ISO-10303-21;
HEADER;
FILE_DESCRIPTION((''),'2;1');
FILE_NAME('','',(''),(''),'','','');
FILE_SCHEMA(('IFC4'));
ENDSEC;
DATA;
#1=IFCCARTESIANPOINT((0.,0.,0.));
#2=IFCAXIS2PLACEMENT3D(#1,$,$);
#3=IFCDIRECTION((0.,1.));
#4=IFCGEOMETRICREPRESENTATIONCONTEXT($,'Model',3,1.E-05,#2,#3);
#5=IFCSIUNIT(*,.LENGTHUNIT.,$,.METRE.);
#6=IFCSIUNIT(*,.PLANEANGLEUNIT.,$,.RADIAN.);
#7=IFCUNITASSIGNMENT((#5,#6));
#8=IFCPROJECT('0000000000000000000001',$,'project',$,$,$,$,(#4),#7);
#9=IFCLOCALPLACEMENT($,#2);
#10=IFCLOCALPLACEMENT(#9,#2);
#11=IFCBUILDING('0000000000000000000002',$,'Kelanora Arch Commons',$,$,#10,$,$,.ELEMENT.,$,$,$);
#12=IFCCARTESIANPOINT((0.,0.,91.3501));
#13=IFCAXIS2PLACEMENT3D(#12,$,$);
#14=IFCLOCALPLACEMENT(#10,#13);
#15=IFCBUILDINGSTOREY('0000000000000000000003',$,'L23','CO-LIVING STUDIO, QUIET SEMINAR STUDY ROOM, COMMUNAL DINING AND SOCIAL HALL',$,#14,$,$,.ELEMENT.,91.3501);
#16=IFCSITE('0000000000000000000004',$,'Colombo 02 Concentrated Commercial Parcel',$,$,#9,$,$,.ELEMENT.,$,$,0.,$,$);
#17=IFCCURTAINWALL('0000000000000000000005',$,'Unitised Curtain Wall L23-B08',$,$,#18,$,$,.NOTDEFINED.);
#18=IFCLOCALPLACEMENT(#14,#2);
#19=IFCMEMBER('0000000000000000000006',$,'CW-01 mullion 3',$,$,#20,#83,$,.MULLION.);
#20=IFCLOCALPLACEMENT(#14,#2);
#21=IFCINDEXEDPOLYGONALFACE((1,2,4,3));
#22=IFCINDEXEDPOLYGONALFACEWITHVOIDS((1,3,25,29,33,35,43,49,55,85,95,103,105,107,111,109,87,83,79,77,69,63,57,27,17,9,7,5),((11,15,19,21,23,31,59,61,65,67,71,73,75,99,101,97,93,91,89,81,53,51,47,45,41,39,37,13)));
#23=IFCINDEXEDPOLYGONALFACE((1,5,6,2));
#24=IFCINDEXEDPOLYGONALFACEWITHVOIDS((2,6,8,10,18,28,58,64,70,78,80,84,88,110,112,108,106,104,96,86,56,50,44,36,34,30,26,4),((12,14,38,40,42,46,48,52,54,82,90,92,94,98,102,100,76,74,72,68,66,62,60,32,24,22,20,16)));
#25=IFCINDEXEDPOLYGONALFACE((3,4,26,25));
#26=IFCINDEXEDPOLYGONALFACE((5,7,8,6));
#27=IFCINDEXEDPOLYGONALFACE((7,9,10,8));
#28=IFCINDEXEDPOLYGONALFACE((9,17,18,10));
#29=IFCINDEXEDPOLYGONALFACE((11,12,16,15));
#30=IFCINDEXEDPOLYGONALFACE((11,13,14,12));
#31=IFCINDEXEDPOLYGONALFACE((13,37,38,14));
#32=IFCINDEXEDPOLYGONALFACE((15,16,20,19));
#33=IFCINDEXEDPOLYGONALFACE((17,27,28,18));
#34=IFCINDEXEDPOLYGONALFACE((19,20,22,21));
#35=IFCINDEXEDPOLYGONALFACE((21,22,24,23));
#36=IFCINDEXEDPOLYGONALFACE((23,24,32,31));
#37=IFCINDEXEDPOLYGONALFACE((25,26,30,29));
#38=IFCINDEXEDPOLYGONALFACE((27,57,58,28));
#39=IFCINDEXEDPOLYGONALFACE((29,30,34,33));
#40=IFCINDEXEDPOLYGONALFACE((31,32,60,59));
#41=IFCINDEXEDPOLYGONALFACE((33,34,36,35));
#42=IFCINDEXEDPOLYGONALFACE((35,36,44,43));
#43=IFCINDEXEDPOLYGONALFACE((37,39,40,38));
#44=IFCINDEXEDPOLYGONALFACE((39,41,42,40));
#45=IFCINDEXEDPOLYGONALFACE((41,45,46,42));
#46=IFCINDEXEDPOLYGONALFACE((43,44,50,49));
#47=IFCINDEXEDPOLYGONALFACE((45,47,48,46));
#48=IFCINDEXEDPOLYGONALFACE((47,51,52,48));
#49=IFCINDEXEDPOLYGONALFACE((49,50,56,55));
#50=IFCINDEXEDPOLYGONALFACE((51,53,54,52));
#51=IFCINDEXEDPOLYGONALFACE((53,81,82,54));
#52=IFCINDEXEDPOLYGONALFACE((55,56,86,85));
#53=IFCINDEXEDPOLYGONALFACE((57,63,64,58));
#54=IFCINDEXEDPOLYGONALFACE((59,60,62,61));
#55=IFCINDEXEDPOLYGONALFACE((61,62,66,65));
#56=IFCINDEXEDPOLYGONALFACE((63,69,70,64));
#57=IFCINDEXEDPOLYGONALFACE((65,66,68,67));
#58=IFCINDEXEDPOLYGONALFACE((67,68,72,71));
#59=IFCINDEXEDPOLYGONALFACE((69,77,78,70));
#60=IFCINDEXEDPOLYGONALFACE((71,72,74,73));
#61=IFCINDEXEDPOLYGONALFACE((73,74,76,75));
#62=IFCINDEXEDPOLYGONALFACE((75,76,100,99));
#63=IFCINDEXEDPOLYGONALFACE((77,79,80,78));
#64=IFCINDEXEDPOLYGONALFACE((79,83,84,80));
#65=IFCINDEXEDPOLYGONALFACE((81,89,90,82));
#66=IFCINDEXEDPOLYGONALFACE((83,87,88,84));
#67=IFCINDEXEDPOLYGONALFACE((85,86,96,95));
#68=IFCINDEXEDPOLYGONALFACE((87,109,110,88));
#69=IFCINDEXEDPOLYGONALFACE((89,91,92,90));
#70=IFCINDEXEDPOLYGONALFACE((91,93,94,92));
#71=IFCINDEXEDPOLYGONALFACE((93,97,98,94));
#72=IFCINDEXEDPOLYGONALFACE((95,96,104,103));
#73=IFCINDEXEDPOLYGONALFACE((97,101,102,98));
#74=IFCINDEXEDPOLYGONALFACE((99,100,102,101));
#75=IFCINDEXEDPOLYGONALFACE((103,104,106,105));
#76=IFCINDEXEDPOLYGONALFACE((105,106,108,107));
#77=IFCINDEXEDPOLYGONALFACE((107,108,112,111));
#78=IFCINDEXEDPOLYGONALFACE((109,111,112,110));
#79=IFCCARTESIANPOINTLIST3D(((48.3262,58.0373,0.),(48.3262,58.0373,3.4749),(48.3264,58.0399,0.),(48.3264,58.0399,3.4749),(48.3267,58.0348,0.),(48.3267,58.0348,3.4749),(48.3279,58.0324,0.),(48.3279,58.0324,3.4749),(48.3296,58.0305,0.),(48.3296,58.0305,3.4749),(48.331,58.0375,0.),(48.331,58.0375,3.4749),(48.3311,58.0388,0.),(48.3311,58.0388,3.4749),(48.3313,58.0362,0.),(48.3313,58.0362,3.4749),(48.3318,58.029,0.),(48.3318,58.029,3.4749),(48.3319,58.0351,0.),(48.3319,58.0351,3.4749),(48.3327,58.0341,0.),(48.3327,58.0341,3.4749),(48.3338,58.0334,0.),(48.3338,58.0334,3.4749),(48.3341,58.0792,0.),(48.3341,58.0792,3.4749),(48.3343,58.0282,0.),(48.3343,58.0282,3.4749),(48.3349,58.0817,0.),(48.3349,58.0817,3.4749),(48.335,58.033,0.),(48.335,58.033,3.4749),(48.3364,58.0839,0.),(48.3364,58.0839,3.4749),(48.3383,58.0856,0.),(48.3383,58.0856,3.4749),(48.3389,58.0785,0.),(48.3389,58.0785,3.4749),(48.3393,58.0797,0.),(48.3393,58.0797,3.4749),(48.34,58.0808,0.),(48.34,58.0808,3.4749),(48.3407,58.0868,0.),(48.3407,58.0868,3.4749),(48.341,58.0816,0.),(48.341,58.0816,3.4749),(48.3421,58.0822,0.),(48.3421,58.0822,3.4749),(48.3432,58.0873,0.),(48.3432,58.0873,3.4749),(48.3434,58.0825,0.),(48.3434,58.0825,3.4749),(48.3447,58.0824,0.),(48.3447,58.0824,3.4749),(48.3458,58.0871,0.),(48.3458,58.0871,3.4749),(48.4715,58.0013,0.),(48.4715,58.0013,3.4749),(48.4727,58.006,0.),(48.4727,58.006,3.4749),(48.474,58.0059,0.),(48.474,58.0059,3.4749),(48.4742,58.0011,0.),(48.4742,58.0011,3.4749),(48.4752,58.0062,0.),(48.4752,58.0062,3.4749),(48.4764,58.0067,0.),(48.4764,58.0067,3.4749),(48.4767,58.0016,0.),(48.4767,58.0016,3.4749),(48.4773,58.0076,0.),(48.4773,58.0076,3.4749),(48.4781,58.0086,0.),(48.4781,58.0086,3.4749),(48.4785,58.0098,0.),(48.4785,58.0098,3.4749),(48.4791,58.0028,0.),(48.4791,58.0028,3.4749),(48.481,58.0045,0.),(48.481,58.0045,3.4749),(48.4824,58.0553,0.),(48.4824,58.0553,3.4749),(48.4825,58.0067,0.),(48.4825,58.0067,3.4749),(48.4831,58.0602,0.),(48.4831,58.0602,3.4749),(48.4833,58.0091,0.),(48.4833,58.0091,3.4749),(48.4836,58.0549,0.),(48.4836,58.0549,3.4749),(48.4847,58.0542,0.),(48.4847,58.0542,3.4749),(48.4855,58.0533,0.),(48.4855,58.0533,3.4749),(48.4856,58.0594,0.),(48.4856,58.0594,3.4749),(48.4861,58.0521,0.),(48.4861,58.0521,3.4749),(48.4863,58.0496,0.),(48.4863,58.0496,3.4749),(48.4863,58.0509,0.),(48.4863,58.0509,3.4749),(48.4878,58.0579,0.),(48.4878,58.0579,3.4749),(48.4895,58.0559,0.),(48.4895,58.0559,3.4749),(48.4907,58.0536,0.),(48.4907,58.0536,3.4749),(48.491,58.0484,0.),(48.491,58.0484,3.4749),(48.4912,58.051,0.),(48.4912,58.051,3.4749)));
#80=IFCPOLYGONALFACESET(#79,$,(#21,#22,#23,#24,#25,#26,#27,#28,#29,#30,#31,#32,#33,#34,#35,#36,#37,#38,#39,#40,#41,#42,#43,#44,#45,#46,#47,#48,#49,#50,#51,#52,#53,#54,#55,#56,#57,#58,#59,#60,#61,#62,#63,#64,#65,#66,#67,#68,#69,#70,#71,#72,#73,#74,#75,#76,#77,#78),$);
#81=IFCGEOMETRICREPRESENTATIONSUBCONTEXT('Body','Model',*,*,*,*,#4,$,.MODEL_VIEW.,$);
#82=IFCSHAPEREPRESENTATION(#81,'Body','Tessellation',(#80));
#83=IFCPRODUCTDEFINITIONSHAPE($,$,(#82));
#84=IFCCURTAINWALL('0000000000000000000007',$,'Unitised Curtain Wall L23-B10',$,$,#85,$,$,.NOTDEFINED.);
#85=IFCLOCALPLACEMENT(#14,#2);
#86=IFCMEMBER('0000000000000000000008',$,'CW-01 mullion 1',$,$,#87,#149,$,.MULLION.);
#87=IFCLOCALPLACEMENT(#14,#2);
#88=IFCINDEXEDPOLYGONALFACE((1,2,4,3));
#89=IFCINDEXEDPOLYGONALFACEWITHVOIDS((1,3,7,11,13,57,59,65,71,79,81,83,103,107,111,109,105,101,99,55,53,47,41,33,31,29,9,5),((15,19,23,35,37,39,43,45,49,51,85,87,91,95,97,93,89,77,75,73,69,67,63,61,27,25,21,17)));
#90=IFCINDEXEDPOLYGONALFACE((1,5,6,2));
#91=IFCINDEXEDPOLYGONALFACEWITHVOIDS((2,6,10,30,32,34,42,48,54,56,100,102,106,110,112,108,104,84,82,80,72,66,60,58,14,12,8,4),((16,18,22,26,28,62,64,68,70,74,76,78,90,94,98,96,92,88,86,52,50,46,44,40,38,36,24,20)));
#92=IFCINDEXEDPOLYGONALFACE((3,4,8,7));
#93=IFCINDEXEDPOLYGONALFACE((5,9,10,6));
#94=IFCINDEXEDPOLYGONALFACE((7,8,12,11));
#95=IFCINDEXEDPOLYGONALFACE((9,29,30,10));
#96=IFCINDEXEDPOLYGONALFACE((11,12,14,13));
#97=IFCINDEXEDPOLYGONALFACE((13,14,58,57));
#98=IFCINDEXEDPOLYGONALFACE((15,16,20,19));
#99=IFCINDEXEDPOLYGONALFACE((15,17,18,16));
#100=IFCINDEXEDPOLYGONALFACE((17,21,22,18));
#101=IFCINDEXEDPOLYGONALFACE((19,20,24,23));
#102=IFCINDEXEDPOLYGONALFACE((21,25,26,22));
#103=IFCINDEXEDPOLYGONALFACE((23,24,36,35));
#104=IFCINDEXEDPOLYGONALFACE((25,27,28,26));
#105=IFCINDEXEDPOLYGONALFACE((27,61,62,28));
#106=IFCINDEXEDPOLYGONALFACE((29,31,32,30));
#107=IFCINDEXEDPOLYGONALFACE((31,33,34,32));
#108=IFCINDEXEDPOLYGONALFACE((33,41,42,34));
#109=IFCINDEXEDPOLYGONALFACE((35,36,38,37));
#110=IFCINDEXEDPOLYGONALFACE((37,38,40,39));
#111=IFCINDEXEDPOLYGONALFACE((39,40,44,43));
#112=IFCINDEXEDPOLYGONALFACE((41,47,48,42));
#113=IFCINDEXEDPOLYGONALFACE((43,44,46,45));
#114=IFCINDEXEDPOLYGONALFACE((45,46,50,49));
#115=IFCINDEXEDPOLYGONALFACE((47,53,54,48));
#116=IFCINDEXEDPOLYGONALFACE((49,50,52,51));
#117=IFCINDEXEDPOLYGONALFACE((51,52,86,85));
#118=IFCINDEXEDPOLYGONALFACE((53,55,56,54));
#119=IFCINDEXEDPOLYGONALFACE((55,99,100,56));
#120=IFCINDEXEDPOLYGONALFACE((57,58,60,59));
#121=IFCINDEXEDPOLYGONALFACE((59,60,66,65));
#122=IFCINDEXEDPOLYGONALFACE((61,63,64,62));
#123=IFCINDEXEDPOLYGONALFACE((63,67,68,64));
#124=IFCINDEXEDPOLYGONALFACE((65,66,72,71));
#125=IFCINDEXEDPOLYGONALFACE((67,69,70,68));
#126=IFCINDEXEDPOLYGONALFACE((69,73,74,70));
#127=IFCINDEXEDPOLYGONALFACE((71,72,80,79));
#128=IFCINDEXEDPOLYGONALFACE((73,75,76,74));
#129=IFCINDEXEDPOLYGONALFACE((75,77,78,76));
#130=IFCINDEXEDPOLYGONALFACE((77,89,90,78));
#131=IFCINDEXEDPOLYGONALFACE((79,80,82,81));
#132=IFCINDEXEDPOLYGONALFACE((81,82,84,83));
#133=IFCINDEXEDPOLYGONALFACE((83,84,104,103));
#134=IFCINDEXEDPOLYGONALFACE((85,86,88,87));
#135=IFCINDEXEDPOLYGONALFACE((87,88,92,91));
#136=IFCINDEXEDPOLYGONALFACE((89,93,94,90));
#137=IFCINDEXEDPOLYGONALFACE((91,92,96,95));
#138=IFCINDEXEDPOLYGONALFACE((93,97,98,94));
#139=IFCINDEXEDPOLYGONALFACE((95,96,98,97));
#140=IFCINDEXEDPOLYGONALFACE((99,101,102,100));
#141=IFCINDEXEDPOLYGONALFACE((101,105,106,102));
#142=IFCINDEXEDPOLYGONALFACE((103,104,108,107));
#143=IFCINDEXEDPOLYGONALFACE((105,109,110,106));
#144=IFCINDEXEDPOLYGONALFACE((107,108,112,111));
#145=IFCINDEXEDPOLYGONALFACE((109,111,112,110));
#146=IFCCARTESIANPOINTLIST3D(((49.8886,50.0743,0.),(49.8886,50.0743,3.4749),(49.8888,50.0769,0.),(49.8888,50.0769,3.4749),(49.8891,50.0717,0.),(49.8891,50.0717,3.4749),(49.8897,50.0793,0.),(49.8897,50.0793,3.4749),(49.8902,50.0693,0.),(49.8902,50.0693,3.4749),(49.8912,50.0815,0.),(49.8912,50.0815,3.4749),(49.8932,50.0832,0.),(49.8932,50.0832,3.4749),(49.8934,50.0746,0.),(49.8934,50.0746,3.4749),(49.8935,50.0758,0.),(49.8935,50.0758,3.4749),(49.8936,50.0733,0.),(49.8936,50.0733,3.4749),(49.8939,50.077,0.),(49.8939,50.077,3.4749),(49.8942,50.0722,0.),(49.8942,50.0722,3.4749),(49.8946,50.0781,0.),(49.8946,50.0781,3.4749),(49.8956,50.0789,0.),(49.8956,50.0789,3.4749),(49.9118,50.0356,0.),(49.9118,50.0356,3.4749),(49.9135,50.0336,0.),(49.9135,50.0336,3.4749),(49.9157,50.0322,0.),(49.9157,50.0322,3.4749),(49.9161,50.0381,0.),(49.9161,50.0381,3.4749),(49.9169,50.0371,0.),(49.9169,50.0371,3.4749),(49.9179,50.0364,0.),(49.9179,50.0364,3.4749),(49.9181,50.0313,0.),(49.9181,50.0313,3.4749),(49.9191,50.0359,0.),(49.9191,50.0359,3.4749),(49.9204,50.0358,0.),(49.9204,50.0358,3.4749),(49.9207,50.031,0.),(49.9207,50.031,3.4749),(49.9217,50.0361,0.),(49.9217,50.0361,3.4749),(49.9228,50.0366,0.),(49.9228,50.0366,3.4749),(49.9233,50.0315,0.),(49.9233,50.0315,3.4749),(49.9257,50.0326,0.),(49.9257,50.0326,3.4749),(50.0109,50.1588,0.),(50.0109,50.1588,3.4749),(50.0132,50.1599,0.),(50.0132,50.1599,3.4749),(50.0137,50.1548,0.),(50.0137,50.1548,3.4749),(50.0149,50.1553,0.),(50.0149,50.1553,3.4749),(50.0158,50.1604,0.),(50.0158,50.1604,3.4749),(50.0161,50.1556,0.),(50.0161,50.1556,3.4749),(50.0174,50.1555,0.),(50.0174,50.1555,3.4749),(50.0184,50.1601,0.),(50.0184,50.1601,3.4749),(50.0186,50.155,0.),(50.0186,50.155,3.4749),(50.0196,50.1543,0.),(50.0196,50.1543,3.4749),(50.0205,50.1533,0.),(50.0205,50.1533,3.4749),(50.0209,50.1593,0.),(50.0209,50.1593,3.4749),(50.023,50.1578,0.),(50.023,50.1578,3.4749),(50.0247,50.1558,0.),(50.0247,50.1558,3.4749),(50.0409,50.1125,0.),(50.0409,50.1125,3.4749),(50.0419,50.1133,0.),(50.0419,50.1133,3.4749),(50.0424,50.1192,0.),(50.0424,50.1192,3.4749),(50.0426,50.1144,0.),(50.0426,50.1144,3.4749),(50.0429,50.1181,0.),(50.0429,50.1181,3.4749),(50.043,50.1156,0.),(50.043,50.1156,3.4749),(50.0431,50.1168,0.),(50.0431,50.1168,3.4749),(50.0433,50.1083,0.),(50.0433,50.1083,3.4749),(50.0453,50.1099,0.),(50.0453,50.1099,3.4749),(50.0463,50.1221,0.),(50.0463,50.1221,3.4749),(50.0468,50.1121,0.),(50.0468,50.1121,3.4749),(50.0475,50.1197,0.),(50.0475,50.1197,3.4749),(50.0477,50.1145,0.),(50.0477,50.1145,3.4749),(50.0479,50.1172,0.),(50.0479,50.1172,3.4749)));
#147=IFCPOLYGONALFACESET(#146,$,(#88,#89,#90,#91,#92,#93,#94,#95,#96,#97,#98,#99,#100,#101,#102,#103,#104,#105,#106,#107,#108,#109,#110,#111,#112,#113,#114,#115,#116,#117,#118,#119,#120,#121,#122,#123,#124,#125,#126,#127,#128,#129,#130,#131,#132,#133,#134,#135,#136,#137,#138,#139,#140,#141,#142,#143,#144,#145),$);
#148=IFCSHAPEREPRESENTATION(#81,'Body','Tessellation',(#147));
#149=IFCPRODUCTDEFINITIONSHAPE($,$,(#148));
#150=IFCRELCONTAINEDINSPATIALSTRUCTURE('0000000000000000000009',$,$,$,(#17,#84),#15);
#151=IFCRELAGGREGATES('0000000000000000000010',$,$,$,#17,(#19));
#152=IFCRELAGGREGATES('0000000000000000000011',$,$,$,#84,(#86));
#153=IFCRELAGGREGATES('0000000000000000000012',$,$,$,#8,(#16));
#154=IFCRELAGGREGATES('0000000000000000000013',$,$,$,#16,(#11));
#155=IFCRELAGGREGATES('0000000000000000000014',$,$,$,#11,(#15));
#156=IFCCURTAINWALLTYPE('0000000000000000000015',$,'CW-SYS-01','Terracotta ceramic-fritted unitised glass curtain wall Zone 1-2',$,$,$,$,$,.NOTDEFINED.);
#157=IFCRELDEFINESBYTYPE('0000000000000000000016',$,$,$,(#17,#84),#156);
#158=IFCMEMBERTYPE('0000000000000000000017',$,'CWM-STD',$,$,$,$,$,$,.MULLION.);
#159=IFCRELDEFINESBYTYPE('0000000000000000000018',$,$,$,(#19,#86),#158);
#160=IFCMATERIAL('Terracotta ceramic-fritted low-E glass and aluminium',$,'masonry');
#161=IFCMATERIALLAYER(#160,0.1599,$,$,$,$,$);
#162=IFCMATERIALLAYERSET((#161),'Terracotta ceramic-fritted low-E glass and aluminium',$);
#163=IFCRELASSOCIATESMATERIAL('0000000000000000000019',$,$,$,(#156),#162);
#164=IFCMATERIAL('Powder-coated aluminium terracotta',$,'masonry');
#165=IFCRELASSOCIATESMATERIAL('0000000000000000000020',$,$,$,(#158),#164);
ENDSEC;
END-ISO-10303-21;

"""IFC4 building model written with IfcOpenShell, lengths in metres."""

from ifc_helpers import new_model, si_unit, direction, frame, origin, origin_2d, place, context, subcontext, project, spatial, hollow_rectangle, extrude, material, layer, layer_set, material_profile, profile_set, type_object, element, aggregate, save


model = new_model("IFC4")

# Units and contexts
model_context = context("Model", 3, precision=1e-05, world=origin(), true_north=direction((0.0, 1.0)))
body_context = subcontext(model_context, "Body", "Model", "MODEL_VIEW")
ifc_project = project(units=[si_unit("LENGTHUNIT", "METRE"), si_unit("PLANEANGLEUNIT", "RADIAN")], contexts=[model_context])

# Site, building, storey
site_placement = place(None, origin())
site = spatial("IfcSite", under=ifc_project, at=site_placement, Name="Colombo 02 Concentrated Commercial Parcel", CompositionType="ELEMENT", RefElevation=0.0)
building_placement = place(site_placement, origin())
building = spatial("IfcBuilding", under=site, at=building_placement, Name="Kelanora Arch Commons", CompositionType="ELEMENT")
storey_placement = place(building_placement, frame((0.0, 0.0, 91.3501)))
storey = spatial("IfcBuildingStorey", under=building, at=storey_placement, Name="L23", Description="CO-LIVING STUDIO, QUIET SEMINAR STUDY ROOM, COMMUNAL DINING AND SOCIAL HALL", CompositionType="ELEMENT", Elevation=91.3501)

# Curtain wall, member
ifc_material_1 = material(Name="Terracotta ceramic-fritted low-E glass and aluminium", Category="masonry")
ifc_layer_1 = layer(ifc_material_1, 0.1599)
ifc_layer_set_1 = layer_set([ifc_layer_1], Name="Terracotta ceramic-fritted low-E glass and aluminium")
curtain_wall_type = type_object("IfcCurtainWallType", Name="CW-SYS-01", Description="Terracotta ceramic-fritted unitised glass curtain wall Zone 1-2", PredefinedType="NOTDEFINED", material=ifc_layer_set_1)
curtain_wall_1_placement = place(storey_placement, origin())
curtain_wall_1 = element("IfcCurtainWall", 1, at=curtain_wall_1_placement, inside=storey, type_object=curtain_wall_type, Name="Unitised Curtain Wall L23-B08", PredefinedType="NOTDEFINED")
ifc_material_2 = material(Name="Powder-coated aluminium terracotta", Category="masonry")
ifc_material_profile_1 = material_profile(ifc_material_2, hollow_rectangle(XDim=0.1599, YDim=0.0601, WallThickness=0.0049, InnerFilletRadius=0.0049, OuterFilletRadius=0.01, at=origin_2d()), Name="CWM160x60")
ifc_profile_set_1 = profile_set([ifc_material_profile_1], Name="Powder-coated aluminium terracotta")
member_type_1 = type_object("IfcMemberType", Name="CWM-STD", PredefinedType="MULLION", material=ifc_profile_set_1)
member_1_placement = place(storey_placement, frame((48.4087, 58.0442, 0.0), z_axis=(0.0, 0.0, 1.0), x_axis=(0.98128, -0.192585, 0.0)))
member_1 = element("IfcMember", 2, at=member_1_placement, type_object=member_type_1, Name="CW-01 mullion 3", PredefinedType="MULLION", context=body_context, shape_type="SweptSolid", body=[
    extrude(hollow_rectangle(XDim=0.1599, YDim=0.0601, WallThickness=0.0049, InnerFilletRadius=0.0049, OuterFilletRadius=0.01, at=origin_2d()), origin(), (0.0, 0.0, 1.0), 3.4749),
])
aggregate(curtain_wall_1, [member_1])

# Curtain wall, member
curtain_wall_2_placement = place(storey_placement, origin())
curtain_wall_2 = element("IfcCurtainWall", 3, at=curtain_wall_2_placement, inside=storey, type_object=curtain_wall_type, Name="Unitised Curtain Wall L23-B10", PredefinedType="NOTDEFINED")
member_2_placement = place(storey_placement, frame((49.9683, 50.0957, 0.0), z_axis=(0.0, 0.0, 1.0), x_axis=(0.841269, 0.540617, 0.0)))
member_2 = element("IfcMember", 4, at=member_2_placement, type_object=member_type_1, Name="CW-01 mullion 1", PredefinedType="MULLION", context=body_context, shape_type="SweptSolid", body=[
    extrude(hollow_rectangle(XDim=0.1599, YDim=0.0601, WallThickness=0.0049, InnerFilletRadius=0.0049, OuterFilletRadius=0.01, at=origin_2d()), origin(), (0.0, 0.0, 1.0), 3.4749),
])

aggregate(curtain_wall_2, [member_2])

save(model, "model.ifc")
